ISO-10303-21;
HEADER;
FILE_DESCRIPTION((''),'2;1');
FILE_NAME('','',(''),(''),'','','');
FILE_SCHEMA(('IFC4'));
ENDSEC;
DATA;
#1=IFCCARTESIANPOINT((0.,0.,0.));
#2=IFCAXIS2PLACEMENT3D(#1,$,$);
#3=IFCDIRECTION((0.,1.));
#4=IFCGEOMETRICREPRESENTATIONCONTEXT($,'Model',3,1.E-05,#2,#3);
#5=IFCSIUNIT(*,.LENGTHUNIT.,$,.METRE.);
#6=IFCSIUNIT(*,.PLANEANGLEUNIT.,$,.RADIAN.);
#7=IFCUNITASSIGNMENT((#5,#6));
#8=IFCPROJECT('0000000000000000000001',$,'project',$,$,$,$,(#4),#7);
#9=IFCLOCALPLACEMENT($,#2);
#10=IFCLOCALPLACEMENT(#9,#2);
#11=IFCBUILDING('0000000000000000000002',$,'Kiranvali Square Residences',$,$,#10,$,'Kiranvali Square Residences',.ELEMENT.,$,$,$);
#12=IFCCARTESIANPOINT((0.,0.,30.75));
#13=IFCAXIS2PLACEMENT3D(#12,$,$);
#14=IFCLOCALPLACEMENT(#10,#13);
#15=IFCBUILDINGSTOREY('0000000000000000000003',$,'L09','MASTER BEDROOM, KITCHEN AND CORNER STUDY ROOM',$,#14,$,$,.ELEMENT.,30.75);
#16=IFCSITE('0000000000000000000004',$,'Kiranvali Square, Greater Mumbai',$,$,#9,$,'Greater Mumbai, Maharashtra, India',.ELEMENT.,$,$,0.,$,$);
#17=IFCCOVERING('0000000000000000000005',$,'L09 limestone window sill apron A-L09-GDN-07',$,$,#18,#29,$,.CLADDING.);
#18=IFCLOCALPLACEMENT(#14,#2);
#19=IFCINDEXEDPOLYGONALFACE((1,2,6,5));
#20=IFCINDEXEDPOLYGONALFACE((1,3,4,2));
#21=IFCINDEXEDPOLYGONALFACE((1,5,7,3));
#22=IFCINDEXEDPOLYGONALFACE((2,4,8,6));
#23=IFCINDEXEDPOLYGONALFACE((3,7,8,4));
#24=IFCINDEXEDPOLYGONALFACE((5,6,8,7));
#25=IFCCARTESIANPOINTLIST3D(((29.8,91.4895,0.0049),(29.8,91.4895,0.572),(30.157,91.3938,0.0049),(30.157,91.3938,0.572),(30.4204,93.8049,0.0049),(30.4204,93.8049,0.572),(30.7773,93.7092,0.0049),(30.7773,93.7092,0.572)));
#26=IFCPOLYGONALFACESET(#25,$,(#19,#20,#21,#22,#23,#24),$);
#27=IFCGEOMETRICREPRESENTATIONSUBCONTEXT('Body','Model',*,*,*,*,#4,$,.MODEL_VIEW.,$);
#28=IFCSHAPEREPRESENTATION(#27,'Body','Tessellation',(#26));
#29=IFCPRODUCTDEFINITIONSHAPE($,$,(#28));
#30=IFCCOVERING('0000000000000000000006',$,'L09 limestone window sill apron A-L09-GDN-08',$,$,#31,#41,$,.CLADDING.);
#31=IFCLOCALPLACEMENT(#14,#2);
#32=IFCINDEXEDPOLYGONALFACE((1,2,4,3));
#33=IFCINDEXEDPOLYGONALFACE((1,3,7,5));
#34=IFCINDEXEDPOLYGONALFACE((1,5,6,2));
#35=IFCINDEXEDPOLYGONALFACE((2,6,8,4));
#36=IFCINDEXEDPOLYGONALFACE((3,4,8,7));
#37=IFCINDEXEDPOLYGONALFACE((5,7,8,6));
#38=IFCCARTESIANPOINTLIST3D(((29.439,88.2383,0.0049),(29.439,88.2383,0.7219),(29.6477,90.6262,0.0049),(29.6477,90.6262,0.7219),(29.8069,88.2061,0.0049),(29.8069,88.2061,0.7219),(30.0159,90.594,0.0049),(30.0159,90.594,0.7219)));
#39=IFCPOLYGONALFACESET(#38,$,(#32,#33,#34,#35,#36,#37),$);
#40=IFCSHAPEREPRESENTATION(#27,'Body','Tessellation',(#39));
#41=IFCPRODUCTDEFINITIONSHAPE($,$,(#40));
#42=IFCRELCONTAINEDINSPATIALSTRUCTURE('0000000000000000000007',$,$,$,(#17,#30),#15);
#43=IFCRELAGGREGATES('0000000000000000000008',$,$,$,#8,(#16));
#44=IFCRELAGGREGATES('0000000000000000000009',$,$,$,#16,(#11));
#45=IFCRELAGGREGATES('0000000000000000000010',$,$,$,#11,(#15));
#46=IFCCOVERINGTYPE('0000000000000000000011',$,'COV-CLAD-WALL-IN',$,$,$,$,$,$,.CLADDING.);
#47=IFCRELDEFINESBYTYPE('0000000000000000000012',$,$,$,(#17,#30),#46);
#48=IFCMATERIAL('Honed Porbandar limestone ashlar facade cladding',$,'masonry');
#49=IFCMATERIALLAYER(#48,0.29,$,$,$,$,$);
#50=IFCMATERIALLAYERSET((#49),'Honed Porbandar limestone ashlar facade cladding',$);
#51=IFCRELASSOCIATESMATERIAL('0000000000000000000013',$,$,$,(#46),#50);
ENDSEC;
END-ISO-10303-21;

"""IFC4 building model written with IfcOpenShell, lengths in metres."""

from ifc_helpers import new_model, si_unit, direction, frame, origin, place, context, subcontext, project, spatial, polyline, outline, extrude, material, layer, layer_set, type_object, element, save


model = new_model("IFC4")

# Units and contexts
model_context = context("Model", 3, precision=1e-05, world=origin(), true_north=direction((0.0, 1.0)))
body_context = subcontext(model_context, "Body", "Model", "MODEL_VIEW")
ifc_project = project(units=[si_unit("LENGTHUNIT", "METRE"), si_unit("PLANEANGLEUNIT", "RADIAN")], contexts=[model_context])

# Site, building, storey
site_placement = place(None, origin())
site = spatial("IfcSite", under=ifc_project, at=site_placement, Name="Kiranvali Square, Greater Mumbai", LongName="Greater Mumbai, Maharashtra, India", CompositionType="ELEMENT", RefElevation=0.0)
building_placement = place(site_placement, origin())
building = spatial("IfcBuilding", under=site, at=building_placement, Name="Kiranvali Square Residences", LongName="Kiranvali Square Residences", CompositionType="ELEMENT")
storey_placement = place(building_placement, frame((0.0, 0.0, 30.75)))
storey = spatial("IfcBuildingStorey", under=building, at=storey_placement, Name="L09", Description="MASTER BEDROOM, KITCHEN AND CORNER STUDY ROOM", CompositionType="ELEMENT", Elevation=30.75)

# Coverings
ifc_material = material(Name="Honed Porbandar limestone ashlar facade cladding", Category="masonry")
ifc_layer_1 = layer(ifc_material, 0.29)
ifc_layer_set_1 = layer_set([ifc_layer_1], Name="Honed Porbandar limestone ashlar facade cladding")
covering_type_1 = type_object("IfcCoveringType", Name="COV-CLAD-WALL-IN", PredefinedType="CLADDING", material=ifc_layer_set_1)
covering_1_placement = place(storey_placement, frame((0.0, 0.0, 0.0049)))
element("IfcCovering", 1, at=covering_1_placement, inside=storey, type_object=covering_type_1, Name="L09 limestone window sill apron A-L09-GDN-07", PredefinedType="CLADDING", context=body_context, shape_type="SweptSolid", body=[
    extrude(outline(polyline([(30.4204, 93.8049), (29.8, 91.4895), (30.157, 91.3938), (30.7773, 93.7092), (30.4204, 93.8049)])), origin(), (0.0, 0.0, 1.0), 0.5671),
])
covering_2_placement = place(storey_placement, frame((0.0, 0.0, 0.0049)))
element("IfcCovering", 2, at=covering_2_placement, inside=storey, type_object=covering_type_1, Name="L09 limestone window sill apron A-L09-GDN-08", PredefinedType="CLADDING", context=body_context, shape_type="SweptSolid", body=[
    extrude(outline(polyline([(29.6477, 90.6262), (29.439, 88.2383), (29.8069, 88.2061), (30.0159, 90.594), (29.6477, 90.6262)])), origin(), (0.0, 0.0, 1.0), 0.717),
])

save(model, "model.ifc")
